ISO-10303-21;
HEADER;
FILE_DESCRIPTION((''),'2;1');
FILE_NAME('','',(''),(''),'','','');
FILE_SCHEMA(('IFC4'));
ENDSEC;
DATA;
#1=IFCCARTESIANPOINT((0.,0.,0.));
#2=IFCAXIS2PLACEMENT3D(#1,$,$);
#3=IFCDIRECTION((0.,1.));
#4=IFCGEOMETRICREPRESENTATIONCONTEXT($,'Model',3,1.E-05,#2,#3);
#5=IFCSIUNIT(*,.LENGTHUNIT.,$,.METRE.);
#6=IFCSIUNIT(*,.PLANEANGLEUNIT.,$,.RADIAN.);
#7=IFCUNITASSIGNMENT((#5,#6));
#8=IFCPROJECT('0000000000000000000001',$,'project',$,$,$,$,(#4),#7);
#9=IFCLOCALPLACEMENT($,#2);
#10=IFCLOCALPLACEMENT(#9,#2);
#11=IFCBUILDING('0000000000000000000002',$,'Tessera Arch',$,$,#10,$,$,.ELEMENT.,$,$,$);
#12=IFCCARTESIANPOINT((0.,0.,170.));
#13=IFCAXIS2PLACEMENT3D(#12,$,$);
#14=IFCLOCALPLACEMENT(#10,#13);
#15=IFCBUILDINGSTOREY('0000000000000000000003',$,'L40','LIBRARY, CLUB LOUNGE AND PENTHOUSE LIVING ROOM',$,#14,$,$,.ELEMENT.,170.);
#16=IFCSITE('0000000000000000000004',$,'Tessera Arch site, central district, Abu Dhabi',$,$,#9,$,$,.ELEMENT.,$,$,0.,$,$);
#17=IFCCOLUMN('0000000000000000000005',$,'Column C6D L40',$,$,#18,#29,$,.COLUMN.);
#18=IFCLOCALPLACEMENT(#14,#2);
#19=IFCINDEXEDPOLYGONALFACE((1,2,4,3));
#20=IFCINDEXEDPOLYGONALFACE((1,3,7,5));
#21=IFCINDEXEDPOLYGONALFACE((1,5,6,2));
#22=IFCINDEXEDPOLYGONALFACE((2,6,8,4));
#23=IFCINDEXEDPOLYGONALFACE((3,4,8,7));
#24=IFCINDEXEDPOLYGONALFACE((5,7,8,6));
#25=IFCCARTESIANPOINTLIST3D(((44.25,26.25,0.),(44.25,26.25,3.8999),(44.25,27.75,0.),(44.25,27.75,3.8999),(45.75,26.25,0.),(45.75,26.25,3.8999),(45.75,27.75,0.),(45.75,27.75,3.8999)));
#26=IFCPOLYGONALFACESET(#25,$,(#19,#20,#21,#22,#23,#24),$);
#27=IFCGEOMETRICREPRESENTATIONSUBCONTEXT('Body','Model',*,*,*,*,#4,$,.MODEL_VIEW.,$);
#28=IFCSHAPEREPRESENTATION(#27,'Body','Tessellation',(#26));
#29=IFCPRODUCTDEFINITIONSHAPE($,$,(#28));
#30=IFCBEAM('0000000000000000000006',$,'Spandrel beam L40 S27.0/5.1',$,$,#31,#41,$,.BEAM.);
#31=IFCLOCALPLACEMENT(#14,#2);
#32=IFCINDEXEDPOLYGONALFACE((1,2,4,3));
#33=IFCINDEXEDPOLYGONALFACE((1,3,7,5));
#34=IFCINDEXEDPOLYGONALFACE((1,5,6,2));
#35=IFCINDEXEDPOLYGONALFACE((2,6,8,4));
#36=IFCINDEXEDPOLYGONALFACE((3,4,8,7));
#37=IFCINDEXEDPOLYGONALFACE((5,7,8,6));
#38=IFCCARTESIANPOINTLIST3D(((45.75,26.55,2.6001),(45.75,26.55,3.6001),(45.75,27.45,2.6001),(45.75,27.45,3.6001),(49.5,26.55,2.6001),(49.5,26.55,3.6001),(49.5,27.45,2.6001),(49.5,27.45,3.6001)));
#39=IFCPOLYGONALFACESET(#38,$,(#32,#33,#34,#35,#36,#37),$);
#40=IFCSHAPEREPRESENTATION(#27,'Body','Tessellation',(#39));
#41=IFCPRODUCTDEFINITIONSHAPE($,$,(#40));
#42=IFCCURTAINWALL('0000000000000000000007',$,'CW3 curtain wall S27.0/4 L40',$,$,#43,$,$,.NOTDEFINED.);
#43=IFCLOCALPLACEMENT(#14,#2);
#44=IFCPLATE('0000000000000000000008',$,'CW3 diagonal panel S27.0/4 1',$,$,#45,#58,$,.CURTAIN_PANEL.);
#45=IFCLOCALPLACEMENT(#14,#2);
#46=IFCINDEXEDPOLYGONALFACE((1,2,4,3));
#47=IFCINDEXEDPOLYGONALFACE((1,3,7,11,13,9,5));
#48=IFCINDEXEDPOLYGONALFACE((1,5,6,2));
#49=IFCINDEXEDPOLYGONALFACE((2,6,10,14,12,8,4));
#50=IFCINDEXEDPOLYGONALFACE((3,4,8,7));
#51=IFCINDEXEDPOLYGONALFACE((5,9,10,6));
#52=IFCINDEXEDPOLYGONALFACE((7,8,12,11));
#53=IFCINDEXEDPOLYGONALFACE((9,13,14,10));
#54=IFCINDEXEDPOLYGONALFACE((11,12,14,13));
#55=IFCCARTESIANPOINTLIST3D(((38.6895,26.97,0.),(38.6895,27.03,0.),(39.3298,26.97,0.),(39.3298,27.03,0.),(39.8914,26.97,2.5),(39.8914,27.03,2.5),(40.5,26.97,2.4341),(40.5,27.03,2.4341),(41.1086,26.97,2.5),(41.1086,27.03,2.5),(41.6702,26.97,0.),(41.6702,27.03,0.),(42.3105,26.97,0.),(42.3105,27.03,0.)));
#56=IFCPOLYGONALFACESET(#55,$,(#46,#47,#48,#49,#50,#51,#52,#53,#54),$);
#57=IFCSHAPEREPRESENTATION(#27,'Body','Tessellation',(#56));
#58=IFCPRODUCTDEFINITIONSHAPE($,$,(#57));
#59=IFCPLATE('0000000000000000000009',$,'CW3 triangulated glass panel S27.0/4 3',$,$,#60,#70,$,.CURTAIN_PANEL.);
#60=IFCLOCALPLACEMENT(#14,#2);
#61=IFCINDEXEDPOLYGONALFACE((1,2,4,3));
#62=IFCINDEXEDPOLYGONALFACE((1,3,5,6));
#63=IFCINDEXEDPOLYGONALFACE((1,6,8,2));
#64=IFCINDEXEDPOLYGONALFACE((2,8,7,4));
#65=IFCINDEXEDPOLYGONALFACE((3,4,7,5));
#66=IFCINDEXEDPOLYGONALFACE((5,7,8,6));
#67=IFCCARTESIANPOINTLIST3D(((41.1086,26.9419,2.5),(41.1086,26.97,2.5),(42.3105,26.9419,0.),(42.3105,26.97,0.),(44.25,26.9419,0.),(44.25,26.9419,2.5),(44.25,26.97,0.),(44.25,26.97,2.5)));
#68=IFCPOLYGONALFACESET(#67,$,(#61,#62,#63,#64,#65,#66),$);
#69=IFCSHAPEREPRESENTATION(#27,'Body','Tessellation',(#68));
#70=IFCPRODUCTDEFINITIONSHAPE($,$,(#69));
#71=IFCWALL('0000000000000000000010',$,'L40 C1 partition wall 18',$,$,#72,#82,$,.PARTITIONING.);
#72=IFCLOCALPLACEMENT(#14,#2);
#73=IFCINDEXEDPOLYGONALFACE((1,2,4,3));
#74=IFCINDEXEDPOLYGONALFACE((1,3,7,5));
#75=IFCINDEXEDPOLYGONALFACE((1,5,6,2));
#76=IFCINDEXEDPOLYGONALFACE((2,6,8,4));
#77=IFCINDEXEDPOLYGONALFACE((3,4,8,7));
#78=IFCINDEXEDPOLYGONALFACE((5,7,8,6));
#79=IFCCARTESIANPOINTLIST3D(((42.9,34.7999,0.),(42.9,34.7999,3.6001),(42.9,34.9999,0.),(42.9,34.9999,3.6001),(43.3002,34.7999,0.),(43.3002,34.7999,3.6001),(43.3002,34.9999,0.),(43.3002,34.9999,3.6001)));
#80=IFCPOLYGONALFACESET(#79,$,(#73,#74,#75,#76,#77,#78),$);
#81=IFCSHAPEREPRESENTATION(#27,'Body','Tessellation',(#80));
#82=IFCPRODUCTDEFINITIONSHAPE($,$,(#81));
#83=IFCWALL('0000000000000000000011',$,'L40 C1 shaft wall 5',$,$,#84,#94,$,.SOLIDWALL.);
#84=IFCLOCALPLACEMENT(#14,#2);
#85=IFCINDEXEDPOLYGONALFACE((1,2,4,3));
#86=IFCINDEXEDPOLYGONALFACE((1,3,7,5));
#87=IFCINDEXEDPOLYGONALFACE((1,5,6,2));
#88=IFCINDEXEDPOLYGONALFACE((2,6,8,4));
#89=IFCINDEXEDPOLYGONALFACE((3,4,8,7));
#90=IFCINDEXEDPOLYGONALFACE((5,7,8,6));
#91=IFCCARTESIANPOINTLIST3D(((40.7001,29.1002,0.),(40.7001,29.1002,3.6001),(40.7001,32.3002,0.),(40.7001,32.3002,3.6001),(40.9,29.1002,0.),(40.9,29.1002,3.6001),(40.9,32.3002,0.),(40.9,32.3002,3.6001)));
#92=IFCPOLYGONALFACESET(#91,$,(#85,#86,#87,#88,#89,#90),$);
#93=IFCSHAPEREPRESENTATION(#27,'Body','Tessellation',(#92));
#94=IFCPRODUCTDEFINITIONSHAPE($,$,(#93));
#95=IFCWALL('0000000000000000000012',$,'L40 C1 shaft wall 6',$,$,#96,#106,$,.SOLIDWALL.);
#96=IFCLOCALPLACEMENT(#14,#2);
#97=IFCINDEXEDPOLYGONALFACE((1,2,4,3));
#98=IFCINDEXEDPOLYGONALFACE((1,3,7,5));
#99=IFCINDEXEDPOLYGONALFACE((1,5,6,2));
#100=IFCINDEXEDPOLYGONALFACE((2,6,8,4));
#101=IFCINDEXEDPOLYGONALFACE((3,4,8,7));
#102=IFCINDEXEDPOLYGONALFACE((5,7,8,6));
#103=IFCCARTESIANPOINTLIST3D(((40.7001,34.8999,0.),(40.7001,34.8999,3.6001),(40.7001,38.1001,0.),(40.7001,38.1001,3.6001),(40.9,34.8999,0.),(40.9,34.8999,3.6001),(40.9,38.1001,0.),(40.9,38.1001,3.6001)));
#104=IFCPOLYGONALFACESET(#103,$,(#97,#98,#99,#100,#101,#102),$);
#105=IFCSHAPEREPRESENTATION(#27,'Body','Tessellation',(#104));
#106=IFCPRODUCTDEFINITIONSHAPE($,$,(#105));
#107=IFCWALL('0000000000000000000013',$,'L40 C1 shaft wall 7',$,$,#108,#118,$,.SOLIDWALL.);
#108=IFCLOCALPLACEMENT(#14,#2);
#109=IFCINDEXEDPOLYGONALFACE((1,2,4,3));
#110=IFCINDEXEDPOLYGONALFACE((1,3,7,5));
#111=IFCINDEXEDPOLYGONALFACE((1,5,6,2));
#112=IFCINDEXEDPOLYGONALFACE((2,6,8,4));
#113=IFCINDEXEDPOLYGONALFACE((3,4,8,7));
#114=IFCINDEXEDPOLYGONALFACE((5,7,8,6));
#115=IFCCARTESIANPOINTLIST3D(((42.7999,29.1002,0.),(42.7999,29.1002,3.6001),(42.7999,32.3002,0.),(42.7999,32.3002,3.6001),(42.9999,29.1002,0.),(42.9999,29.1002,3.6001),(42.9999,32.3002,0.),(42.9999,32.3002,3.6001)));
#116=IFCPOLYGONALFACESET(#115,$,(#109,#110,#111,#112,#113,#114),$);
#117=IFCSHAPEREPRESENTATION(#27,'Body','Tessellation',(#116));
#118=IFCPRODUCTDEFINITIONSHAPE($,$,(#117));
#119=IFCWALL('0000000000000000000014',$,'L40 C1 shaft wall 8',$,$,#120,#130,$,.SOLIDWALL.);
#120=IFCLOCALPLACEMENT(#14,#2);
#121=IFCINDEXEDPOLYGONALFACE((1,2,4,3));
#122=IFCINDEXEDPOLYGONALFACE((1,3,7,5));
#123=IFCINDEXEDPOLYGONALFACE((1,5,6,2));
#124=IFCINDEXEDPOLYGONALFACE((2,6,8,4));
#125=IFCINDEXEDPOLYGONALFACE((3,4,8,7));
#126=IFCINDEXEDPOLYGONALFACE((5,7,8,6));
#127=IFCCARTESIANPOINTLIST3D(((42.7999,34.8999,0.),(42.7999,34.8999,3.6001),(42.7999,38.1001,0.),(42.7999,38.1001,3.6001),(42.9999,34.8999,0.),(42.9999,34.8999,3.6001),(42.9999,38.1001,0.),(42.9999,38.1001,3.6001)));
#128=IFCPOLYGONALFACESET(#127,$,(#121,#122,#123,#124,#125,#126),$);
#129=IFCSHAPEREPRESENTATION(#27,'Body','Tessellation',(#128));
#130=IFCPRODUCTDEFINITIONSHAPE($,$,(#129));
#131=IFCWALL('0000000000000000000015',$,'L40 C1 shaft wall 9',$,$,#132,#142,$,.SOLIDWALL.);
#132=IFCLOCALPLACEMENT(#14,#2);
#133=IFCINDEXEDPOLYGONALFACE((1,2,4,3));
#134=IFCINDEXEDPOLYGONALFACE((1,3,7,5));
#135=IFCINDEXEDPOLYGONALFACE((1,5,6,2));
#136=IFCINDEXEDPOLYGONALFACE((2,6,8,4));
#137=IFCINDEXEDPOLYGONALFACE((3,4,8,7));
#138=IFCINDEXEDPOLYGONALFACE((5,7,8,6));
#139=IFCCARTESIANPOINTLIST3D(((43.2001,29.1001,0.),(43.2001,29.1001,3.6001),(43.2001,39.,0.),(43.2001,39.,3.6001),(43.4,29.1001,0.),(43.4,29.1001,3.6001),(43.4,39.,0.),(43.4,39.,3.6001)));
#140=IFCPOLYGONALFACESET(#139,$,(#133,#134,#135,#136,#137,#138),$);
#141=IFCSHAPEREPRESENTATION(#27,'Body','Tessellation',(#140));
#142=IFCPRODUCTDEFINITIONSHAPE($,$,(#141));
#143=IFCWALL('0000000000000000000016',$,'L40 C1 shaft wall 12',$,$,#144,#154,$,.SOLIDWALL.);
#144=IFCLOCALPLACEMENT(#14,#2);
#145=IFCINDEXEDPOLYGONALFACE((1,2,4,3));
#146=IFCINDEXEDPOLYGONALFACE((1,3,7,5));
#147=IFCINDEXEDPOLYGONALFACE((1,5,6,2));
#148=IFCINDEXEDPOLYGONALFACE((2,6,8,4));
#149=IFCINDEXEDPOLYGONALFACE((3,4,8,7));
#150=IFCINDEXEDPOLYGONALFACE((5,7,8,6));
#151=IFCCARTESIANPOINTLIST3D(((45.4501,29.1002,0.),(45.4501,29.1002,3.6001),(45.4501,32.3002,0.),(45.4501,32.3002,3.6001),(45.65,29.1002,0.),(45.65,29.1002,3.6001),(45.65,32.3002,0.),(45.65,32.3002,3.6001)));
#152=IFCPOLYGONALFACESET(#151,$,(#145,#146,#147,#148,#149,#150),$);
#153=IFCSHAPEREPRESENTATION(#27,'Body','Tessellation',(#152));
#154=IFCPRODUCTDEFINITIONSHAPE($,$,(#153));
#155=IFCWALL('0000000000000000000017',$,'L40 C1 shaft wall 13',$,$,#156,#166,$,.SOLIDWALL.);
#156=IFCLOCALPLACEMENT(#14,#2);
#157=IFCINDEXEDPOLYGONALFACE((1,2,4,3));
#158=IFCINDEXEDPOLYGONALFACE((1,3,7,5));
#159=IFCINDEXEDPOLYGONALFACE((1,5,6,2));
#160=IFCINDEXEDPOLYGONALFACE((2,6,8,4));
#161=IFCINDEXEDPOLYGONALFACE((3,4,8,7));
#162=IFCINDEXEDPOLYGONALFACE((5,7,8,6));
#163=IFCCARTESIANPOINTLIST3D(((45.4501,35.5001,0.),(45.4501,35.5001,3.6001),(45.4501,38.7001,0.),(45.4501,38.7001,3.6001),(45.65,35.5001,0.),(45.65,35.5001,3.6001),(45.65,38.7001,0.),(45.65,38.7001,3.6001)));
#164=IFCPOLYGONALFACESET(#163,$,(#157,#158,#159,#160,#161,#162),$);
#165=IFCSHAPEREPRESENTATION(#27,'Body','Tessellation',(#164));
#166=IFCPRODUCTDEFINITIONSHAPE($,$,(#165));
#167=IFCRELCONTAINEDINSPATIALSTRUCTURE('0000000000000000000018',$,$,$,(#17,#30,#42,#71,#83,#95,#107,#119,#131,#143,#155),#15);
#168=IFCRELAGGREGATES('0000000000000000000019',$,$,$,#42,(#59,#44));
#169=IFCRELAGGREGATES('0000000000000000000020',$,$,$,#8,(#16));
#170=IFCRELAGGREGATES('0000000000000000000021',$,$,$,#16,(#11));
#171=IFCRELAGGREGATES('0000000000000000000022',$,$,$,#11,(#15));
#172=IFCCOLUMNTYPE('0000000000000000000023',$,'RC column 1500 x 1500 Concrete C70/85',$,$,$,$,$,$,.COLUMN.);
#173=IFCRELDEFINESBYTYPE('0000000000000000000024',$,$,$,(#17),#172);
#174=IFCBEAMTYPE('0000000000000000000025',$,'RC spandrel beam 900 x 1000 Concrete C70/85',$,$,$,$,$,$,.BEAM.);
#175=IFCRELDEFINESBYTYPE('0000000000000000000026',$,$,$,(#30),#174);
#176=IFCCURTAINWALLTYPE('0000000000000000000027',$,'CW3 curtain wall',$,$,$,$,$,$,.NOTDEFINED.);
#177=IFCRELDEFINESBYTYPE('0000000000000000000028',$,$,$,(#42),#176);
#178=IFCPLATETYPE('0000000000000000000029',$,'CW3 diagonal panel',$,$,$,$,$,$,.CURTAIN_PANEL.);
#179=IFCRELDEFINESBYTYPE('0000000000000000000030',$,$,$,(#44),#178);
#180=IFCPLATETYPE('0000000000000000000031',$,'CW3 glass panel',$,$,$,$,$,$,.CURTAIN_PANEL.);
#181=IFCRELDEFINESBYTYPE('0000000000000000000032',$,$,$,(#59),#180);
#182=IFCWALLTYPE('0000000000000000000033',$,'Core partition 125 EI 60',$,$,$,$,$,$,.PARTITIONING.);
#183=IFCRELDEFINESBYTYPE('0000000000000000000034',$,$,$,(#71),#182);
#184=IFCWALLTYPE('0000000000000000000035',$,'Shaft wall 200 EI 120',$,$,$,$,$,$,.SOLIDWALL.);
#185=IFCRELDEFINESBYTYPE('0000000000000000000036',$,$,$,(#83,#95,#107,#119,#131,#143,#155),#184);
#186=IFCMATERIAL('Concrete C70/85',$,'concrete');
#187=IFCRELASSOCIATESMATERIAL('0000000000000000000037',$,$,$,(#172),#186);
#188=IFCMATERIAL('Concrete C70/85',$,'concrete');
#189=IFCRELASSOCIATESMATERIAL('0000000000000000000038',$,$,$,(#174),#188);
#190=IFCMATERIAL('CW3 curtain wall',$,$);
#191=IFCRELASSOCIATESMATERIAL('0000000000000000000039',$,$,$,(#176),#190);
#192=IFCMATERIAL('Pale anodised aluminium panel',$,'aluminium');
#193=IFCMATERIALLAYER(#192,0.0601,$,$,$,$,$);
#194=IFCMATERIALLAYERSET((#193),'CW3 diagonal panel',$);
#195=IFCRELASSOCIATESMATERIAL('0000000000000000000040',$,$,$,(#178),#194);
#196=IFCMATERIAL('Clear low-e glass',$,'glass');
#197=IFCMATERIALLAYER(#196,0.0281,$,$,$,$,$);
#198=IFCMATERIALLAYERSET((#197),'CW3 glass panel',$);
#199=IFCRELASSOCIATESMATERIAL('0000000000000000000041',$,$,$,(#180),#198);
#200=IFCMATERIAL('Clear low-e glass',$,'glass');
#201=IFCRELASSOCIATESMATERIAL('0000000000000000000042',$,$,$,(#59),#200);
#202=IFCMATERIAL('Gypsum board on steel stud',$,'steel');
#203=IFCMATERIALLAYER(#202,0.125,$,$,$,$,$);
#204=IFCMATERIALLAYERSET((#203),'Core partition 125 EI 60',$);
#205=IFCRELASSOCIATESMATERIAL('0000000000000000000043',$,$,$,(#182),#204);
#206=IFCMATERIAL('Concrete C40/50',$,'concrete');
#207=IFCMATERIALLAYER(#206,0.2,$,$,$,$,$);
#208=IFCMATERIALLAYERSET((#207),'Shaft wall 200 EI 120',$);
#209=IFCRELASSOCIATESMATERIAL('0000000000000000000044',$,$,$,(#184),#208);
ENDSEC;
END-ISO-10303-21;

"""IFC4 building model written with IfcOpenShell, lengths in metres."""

from ifc_helpers import new_model, si_unit, direction, frame, frame_2d, origin, origin_2d, place, context, subcontext, project, spatial, polyline, rectangle, outline, extrude, material, layer, layer_set, material_profile, profile_set, type_object, element, aggregate, save


model = new_model("IFC4")

# Units and contexts
model_context = context("Model", 3, precision=1e-05, world=origin(), true_north=direction((0.0, 1.0)))
body_context = subcontext(model_context, "Body", "Model", "MODEL_VIEW")
ifc_project = project(units=[si_unit("LENGTHUNIT", "METRE"), si_unit("PLANEANGLEUNIT", "RADIAN")], contexts=[model_context])

# Site, building, storey
site_placement = place(None, origin())
site = spatial("IfcSite", under=ifc_project, at=site_placement, Name="Tessera Arch site, central district, Abu Dhabi", CompositionType="ELEMENT", RefElevation=0.0)
building_placement = place(site_placement, origin())
building = spatial("IfcBuilding", under=site, at=building_placement, Name="Tessera Arch", CompositionType="ELEMENT")
storey_placement = place(building_placement, frame((0.0, 0.0, 170.0)))
storey = spatial("IfcBuildingStorey", under=building, at=storey_placement, Name="L40", Description="LIBRARY, CLUB LOUNGE AND PENTHOUSE LIVING ROOM", CompositionType="ELEMENT", Elevation=170.0)

# Column
ifc_material_1 = material(Name="Concrete C70/85", Category="concrete")
ifc_material_profile_1 = material_profile(ifc_material_1, rectangle(XDim=1.5, YDim=1.5, at=origin_2d()), Name="RC column 1500 x 1500 Concrete C70/85")
ifc_profile_set_1 = profile_set([ifc_material_profile_1], Name="Concrete C70/85")
column_type = type_object("IfcColumnType", Name="RC column 1500 x 1500 Concrete C70/85", PredefinedType="COLUMN", material=ifc_profile_set_1)
column_placement = place(storey_placement, frame((45.0, 27.0, 0.0), z_axis=(0.0, 0.0, 1.0), x_axis=(1.0, 0.0, 0.0)))
element("IfcColumn", 1, at=column_placement, inside=storey, type_object=column_type, Name="Column C6D L40", PredefinedType="COLUMN", context=body_context, shape_type="SweptSolid", body=[
    extrude(rectangle(XDim=1.5, YDim=1.5, at=origin_2d()), origin(), (0.0, 0.0, 1.0), 3.8999),
])

# Beam
ifc_material_2 = material(Name="Concrete C70/85", Category="concrete")
ifc_material_profile_2 = material_profile(ifc_material_2, rectangle(XDim=0.8999, YDim=1.0, at=origin_2d()), Name="RC spandrel beam 900 x 1000 Concrete C70/85")
ifc_profile_set_2 = profile_set([ifc_material_profile_2], Name="Concrete C70/85")
beam_type = type_object("IfcBeamType", Name="RC spandrel beam 900 x 1000 Concrete C70/85", PredefinedType="BEAM", material=ifc_profile_set_2)
beam_placement = place(storey_placement, frame((45.75, 27.0, 3.1001), z_axis=(1.0, 0.0, 0.0), x_axis=(0.0, 1.0, 0.0)))
element("IfcBeam", 2, at=beam_placement, inside=storey, type_object=beam_type, Name="Spandrel beam L40 S27.0/5.1", PredefinedType="BEAM", context=body_context, shape_type="SweptSolid", body=[
    extrude(rectangle(XDim=0.8999, YDim=1.0, at=origin_2d()), origin(), (0.0, 0.0, 1.0), 3.75),
])

# Curtain wall, plates
ifc_material_3 = material(Name="CW3 curtain wall")
curtain_wall_type = type_object("IfcCurtainWallType", Name="CW3 curtain wall", PredefinedType="NOTDEFINED", material=ifc_material_3)
curtain_wall_placement = place(storey_placement, origin())
curtain_wall = element("IfcCurtainWall", 3, at=curtain_wall_placement, inside=storey, type_object=curtain_wall_type, Name="CW3 curtain wall S27.0/4 L40", PredefinedType="NOTDEFINED")
ifc_material_4 = material(Name="Pale anodised aluminium panel", Category="aluminium")
ifc_layer_1 = layer(ifc_material_4, 0.0601)
ifc_layer_set_1 = layer_set([ifc_layer_1], Name="CW3 diagonal panel")
plate_type_1 = type_object("IfcPlateType", Name="CW3 diagonal panel", PredefinedType="CURTAIN_PANEL", material=ifc_layer_set_1)
plate_1_placement = place(storey_placement, frame((41.1086, 26.97, 2.5), z_axis=(0.0, -1.0, 0.0), x_axis=(-1.0, 0.0, 0.0)))
plate_1 = element("IfcPlate", 4, at=plate_1_placement, type_object=plate_type_1, Name="CW3 diagonal panel S27.0/4 1", PredefinedType="CURTAIN_PANEL", context=body_context, shape_type="SweptSolid", body=[
    extrude(outline(polyline([(0.0, 0.0), (1.2173, 0.0), (2.4192, 2.5), (1.7788, 2.5), (0.6086, 0.0659), (-0.5615, 2.5), (-1.2019, 2.5), (0.0, 0.0)])), origin(), (0.0, 0.0, -1.0), 0.0601),
])
ifc_material_5 = material(Name="Clear low-e glass", Category="glass")
ifc_material_6 = material(Name="Clear low-e glass", Category="glass")
ifc_layer_2 = layer(ifc_material_6, 0.0281)
ifc_layer_set_2 = layer_set([ifc_layer_2], Name="CW3 glass panel")
plate_type_2 = type_object("IfcPlateType", Name="CW3 glass panel", PredefinedType="CURTAIN_PANEL", material=ifc_layer_set_2)
plate_2_placement = place(storey_placement, frame((44.25, 26.9419, 2.5), z_axis=(0.0, -1.0, 0.0), x_axis=(-1.0, 0.0, 0.0)))
plate_2 = element("IfcPlate", 5, at=plate_2_placement, type_object=plate_type_2, material=ifc_material_5, Name="CW3 triangulated glass panel S27.0/4 3", PredefinedType="CURTAIN_PANEL", context=body_context, shape_type="SweptSolid", body=[
    extrude(outline(polyline([(0.0, 0.0), (3.1414, 0.0), (1.9395, 2.5), (0.0, 2.5), (0.0, 0.0)])), origin(), (0.0, 0.0, -1.0), 0.0281),
])

# Walls
ifc_material_7 = material(Name="Gypsum board on steel stud", Category="steel")
ifc_layer_3 = layer(ifc_material_7, 0.125)
ifc_layer_set_3 = layer_set([ifc_layer_3], Name="Core partition 125 EI 60")
wall_type_1 = type_object("IfcWallType", Name="Core partition 125 EI 60", PredefinedType="PARTITIONING", material=ifc_layer_set_3)
wall_1_placement = place(storey_placement, frame((42.8999, 34.8999, 0.0), z_axis=(0.0, 0.0, 1.0), x_axis=(1.0, 0.0, 0.0)))
element("IfcWall", 6, at=wall_1_placement, inside=storey, type_object=wall_type_1, Name="L40 C1 partition wall 18", PredefinedType="PARTITIONING", context=body_context, shape_type="SweptSolid", body=[
    extrude(rectangle(XDim=0.4001, YDim=0.2, at=frame_2d((0.2002, 0.0))), origin(), (0.0, 0.0, 1.0), 3.6001),
])
ifc_material_8 = material(Name="Concrete C40/50", Category="concrete")
ifc_layer_4 = layer(ifc_material_8, 0.2)
ifc_layer_set_4 = layer_set([ifc_layer_4], Name="Shaft wall 200 EI 120")
wall_type_2 = type_object("IfcWallType", Name="Shaft wall 200 EI 120", PredefinedType="SOLIDWALL", material=ifc_layer_set_4)
wall_2_placement = place(storey_placement, frame((40.8, 29.1001, 0.0), z_axis=(0.0, 0.0, 1.0), x_axis=(0.0, 1.0, 0.0)))
element("IfcWall", 7, at=wall_2_placement, inside=storey, type_object=wall_type_2, Name="L40 C1 shaft wall 5", PredefinedType="SOLIDWALL", context=body_context, shape_type="SweptSolid", body=[
    extrude(rectangle(XDim=3.2, YDim=0.2, at=frame_2d((1.6001, 0.0))), origin(), (0.0, 0.0, 1.0), 3.6001),
])
wall_3_placement = place(storey_placement, frame((40.8, 34.8999, 0.0), z_axis=(0.0, 0.0, 1.0), x_axis=(0.0, 1.0, 0.0)))
element("IfcWall", 8, at=wall_3_placement, inside=storey, type_object=wall_type_2, Name="L40 C1 shaft wall 6", PredefinedType="SOLIDWALL", context=body_context, shape_type="SweptSolid", body=[
    extrude(rectangle(XDim=3.2002, YDim=0.2, at=frame_2d((1.6001, 0.0))), origin(), (0.0, 0.0, 1.0), 3.6001),
])
wall_4_placement = place(storey_placement, frame((42.8999, 29.1001, 0.0), z_axis=(0.0, 0.0, 1.0), x_axis=(0.0, 1.0, 0.0)))
element("IfcWall", 9, at=wall_4_placement, inside=storey, type_object=wall_type_2, Name="L40 C1 shaft wall 7", PredefinedType="SOLIDWALL", context=body_context, shape_type="SweptSolid", body=[
    extrude(rectangle(XDim=3.2, YDim=0.2, at=frame_2d((1.6001, 0.0))), origin(), (0.0, 0.0, 1.0), 3.6001),
])
wall_5_placement = place(storey_placement, frame((42.8999, 34.8999, 0.0), z_axis=(0.0, 0.0, 1.0), x_axis=(0.0, 1.0, 0.0)))
element("IfcWall", 10, at=wall_5_placement, inside=storey, type_object=wall_type_2, Name="L40 C1 shaft wall 8", PredefinedType="SOLIDWALL", context=body_context, shape_type="SweptSolid", body=[
    extrude(rectangle(XDim=3.2002, YDim=0.2, at=frame_2d((1.6001, 0.0))), origin(), (0.0, 0.0, 1.0), 3.6001),
])
wall_6_placement = place(storey_placement, frame((43.3, 29.1001, 0.0), z_axis=(0.0, 0.0, 1.0), x_axis=(0.0, 1.0, 0.0)))
element("IfcWall", 11, at=wall_6_placement, inside=storey, type_object=wall_type_2, Name="L40 C1 shaft wall 9", PredefinedType="SOLIDWALL", context=body_context, shape_type="SweptSolid", body=[
    extrude(rectangle(XDim=9.8999, YDim=0.2, at=frame_2d((4.95, 0.0))), origin(), (0.0, 0.0, 1.0), 3.6001),
])
for number, where, z_axis, x_axis, name in (
    (12, (45.55, 29.1001, 0.0), (0.0, 0.0, 1.0), (0.0, 1.0, 0.0), "L40 C1 shaft wall 12"),
    (13, (45.55, 35.5, 0.0), (0.0, 0.0, 1.0), (0.0, 1.0, 0.0), "L40 C1 shaft wall 13"),
):
    element("IfcWall", number, at=place(storey_placement, frame(where, z_axis=z_axis, x_axis=x_axis)), inside=storey, type_object=wall_type_2, Name=name, PredefinedType="SOLIDWALL", context=body_context, shape_type="SweptSolid", body=[
        extrude(rectangle(XDim=3.2, YDim=0.2, at=frame_2d((1.6001, 0.0))), origin(), (0.0, 0.0, 1.0), 3.6001),
    ])

aggregate(curtain_wall, [plate_2, plate_1])

save(model, "model.ifc")
